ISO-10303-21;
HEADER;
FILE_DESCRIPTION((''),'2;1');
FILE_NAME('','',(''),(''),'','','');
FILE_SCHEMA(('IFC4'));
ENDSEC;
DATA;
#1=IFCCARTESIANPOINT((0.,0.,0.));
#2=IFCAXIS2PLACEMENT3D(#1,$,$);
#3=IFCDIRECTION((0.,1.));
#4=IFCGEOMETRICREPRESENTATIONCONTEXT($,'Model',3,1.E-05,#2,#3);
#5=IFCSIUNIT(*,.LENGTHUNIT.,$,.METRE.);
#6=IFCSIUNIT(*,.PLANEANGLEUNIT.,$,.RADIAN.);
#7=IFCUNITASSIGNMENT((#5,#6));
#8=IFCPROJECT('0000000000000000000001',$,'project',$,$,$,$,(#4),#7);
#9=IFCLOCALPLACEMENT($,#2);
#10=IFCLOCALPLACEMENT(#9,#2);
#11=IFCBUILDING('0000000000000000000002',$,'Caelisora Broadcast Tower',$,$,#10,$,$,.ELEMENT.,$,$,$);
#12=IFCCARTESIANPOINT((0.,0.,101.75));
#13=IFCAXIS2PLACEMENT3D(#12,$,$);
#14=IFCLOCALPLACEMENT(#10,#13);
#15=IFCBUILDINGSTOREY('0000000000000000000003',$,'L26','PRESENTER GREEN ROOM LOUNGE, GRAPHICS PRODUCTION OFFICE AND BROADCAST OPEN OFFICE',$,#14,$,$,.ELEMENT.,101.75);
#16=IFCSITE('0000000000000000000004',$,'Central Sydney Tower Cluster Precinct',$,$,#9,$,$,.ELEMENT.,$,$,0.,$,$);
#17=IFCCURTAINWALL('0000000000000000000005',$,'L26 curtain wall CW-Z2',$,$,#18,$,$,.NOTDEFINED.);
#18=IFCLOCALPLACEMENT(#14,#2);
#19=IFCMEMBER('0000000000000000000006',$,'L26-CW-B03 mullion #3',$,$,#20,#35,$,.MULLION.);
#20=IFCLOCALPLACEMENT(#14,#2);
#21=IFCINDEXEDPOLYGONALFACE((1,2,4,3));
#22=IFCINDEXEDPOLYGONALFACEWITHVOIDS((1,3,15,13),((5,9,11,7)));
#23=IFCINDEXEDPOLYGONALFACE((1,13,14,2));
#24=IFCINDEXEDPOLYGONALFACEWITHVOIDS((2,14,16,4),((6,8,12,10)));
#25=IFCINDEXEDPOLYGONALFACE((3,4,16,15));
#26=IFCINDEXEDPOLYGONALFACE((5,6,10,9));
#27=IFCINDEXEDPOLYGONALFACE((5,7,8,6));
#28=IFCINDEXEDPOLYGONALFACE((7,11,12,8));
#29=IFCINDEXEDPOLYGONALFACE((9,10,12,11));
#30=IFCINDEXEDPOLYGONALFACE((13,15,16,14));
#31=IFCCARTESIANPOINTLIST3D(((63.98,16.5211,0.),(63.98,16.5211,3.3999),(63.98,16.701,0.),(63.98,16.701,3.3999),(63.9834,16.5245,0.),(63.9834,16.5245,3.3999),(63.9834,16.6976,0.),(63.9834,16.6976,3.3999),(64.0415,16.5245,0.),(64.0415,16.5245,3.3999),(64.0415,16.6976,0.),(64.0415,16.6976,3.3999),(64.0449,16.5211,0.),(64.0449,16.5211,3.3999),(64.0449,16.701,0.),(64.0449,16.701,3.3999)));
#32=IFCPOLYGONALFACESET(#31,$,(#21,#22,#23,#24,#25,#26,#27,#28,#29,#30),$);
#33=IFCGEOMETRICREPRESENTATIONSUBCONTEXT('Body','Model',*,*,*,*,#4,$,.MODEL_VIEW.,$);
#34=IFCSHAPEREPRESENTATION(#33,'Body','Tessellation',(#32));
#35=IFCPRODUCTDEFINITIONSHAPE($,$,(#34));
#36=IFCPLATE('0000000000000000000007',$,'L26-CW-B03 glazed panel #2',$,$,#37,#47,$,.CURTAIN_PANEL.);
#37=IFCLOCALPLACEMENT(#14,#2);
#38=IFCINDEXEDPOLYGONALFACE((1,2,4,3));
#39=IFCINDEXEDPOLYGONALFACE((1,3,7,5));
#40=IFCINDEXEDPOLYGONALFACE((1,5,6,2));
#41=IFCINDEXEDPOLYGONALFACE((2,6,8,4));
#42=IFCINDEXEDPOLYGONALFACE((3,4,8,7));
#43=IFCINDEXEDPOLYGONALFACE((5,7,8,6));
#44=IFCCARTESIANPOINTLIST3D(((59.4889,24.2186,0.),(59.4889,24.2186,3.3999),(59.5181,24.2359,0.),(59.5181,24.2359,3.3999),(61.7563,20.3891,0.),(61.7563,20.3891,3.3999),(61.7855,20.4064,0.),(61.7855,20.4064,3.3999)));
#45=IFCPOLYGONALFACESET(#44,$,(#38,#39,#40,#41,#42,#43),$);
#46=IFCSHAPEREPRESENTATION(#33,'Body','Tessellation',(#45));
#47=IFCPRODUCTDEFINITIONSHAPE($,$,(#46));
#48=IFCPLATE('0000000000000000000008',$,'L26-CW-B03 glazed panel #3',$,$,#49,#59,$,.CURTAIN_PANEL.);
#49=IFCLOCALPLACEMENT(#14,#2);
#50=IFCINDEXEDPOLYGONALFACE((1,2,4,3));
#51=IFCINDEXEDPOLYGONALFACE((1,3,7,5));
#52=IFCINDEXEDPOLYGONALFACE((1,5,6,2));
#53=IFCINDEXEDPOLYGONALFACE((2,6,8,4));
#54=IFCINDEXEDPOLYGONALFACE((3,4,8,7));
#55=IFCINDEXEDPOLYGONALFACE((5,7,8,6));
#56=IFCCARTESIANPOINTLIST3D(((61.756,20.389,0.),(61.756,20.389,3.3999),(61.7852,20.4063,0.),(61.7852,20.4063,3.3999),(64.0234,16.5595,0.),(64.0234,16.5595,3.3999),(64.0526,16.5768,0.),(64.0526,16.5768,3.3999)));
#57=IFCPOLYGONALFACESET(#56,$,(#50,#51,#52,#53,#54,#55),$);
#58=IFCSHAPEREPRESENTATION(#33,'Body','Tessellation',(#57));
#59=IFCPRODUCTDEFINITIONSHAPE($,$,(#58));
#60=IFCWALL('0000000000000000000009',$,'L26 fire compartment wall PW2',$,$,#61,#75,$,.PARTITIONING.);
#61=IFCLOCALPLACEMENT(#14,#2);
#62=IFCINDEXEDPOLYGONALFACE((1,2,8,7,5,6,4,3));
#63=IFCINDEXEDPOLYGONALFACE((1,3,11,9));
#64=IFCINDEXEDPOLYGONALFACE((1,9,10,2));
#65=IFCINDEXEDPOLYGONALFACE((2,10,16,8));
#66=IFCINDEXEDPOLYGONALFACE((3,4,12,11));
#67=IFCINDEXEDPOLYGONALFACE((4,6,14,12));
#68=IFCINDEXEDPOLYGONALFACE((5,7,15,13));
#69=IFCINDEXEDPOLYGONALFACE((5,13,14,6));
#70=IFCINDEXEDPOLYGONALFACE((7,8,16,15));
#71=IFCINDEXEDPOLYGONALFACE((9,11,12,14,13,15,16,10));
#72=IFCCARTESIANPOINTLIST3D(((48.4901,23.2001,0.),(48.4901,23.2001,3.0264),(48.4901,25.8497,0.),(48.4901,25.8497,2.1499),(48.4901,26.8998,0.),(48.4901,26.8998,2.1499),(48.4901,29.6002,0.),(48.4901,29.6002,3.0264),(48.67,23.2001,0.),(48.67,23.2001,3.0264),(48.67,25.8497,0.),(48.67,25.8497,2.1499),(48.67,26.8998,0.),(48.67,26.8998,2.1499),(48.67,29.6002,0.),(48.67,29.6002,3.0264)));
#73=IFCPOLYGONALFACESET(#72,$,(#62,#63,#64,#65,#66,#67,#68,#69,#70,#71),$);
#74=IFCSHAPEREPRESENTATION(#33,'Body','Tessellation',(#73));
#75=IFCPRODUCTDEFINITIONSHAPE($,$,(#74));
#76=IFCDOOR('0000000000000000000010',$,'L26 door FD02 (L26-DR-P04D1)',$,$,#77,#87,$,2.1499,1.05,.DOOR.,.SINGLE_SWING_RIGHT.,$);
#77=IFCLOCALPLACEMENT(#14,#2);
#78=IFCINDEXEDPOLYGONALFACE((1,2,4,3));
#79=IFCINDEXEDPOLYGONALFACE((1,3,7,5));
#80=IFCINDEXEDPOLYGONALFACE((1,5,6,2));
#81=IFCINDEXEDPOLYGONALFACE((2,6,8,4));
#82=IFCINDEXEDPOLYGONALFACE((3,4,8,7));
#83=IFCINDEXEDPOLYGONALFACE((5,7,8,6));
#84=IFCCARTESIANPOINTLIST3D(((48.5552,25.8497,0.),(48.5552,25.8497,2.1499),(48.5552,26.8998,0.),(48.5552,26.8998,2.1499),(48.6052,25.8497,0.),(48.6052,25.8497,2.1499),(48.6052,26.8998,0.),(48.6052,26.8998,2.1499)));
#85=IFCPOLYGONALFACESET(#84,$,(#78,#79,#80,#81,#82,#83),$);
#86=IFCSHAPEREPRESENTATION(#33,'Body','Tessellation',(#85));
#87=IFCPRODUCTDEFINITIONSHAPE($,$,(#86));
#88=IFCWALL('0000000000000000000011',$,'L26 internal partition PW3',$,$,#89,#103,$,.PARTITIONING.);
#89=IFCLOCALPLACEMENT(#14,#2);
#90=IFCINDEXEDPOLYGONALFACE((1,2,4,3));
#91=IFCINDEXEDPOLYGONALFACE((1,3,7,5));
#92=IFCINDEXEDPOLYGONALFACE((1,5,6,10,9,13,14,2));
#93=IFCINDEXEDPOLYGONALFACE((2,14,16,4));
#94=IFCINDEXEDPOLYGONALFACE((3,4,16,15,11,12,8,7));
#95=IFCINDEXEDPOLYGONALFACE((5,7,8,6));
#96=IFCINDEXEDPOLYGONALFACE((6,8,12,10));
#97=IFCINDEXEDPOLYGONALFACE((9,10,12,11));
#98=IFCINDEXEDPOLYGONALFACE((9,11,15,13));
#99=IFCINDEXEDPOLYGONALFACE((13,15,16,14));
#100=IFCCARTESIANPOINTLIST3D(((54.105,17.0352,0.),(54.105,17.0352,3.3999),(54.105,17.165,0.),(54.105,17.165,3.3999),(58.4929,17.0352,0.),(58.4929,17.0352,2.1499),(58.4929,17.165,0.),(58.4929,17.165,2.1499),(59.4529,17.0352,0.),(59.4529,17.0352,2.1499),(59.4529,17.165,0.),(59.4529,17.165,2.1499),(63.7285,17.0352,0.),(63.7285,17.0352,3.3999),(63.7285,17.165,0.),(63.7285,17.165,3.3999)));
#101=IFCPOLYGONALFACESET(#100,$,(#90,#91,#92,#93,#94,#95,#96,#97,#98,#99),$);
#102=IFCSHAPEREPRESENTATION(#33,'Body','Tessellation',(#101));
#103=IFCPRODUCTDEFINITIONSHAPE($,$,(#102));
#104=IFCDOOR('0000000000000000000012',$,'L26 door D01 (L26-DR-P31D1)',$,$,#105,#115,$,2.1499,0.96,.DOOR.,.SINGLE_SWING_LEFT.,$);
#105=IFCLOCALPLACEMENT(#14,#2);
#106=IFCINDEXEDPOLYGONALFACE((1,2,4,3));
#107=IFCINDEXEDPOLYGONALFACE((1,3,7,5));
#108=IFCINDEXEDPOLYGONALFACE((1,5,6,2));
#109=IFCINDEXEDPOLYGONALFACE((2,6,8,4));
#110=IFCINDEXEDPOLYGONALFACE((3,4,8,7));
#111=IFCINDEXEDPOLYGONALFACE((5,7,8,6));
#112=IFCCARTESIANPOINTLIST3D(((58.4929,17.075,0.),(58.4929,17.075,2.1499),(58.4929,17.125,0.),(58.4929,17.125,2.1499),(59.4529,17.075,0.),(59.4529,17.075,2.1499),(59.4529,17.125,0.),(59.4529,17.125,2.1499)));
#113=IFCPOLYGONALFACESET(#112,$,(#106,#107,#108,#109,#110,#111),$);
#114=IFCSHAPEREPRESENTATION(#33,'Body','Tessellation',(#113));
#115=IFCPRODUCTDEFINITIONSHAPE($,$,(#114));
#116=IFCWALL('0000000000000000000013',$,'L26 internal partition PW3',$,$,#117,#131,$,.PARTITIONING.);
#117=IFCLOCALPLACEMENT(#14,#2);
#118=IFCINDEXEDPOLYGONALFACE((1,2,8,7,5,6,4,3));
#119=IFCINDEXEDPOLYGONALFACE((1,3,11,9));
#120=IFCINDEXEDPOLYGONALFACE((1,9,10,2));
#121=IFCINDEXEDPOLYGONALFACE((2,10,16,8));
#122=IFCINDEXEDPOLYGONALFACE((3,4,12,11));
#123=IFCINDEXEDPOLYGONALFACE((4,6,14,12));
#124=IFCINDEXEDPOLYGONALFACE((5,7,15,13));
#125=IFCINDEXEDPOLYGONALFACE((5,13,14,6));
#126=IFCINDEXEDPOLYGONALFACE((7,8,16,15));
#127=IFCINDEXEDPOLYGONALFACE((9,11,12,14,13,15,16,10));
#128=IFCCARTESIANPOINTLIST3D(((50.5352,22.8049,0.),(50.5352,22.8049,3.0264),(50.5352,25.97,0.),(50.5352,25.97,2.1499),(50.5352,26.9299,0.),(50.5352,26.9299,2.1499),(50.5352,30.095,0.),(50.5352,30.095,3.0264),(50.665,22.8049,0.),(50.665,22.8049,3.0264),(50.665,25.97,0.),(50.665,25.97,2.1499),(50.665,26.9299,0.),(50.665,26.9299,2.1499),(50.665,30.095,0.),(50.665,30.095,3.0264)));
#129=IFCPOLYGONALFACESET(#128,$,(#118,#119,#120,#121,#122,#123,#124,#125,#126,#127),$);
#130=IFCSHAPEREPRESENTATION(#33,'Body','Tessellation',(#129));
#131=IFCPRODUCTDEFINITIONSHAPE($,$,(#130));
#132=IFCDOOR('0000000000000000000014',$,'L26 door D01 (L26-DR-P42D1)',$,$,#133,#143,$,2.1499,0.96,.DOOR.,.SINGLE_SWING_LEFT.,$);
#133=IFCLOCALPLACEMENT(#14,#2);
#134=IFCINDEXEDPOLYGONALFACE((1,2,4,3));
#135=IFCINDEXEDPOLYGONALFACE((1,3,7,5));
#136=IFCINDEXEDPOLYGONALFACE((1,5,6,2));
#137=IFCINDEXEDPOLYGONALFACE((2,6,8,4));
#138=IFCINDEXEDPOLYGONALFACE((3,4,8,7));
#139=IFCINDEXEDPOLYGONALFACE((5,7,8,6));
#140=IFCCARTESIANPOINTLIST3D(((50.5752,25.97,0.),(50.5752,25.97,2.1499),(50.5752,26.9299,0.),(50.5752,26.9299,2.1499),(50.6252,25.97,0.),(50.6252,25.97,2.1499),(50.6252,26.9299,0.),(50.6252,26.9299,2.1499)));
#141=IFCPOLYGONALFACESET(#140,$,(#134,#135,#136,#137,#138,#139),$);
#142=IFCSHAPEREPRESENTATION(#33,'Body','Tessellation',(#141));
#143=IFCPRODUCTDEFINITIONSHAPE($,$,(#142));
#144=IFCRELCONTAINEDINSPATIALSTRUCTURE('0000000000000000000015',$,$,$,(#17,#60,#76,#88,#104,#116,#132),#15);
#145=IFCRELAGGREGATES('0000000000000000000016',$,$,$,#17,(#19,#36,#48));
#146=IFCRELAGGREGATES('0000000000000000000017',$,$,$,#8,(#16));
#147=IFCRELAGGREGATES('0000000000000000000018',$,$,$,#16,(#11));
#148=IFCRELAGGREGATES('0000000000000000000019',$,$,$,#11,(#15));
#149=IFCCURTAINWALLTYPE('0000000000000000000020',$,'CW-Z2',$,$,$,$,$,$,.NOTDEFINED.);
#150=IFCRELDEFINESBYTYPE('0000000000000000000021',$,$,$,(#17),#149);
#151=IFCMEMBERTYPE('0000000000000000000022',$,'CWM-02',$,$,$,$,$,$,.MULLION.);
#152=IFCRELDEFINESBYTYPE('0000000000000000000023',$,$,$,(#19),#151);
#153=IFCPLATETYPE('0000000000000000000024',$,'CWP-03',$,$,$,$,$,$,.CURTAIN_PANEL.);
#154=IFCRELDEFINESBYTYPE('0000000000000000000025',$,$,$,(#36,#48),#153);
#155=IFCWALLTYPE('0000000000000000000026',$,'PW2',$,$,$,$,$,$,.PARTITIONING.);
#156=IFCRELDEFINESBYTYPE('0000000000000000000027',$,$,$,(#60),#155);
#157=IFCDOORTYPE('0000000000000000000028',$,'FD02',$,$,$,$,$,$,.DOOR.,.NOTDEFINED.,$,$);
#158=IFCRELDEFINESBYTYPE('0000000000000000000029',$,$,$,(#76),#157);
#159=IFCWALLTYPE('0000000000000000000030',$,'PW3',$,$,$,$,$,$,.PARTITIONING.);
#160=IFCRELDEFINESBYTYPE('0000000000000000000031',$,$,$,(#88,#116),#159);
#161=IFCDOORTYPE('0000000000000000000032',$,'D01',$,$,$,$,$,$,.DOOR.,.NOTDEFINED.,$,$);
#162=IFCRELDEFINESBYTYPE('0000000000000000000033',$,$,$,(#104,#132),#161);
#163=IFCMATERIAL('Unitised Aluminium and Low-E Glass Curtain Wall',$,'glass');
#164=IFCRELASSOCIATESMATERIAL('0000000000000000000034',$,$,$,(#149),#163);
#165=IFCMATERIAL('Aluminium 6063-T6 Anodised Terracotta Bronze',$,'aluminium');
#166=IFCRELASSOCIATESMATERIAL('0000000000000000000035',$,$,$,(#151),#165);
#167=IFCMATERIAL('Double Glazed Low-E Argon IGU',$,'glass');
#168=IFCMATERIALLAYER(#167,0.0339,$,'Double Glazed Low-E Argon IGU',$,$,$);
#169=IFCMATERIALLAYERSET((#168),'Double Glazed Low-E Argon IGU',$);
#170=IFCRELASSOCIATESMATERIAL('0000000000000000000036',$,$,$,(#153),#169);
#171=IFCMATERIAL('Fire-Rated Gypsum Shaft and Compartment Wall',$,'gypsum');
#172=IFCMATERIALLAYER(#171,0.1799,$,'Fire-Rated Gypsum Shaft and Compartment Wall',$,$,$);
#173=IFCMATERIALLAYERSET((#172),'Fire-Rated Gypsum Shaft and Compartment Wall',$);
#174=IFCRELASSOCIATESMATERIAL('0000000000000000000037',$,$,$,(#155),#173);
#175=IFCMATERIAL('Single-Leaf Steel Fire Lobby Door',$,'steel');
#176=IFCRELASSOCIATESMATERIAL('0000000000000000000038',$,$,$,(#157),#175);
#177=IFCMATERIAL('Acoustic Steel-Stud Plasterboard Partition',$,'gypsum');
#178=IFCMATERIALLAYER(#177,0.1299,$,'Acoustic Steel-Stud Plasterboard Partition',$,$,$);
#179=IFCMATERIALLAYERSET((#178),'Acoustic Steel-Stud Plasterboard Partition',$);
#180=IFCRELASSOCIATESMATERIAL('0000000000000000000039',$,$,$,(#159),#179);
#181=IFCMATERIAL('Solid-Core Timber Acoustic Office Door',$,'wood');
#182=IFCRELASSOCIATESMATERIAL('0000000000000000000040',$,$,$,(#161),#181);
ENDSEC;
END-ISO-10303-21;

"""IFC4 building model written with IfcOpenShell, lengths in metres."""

from ifc_helpers import new_model, si_unit, direction, frame, frame_2d, origin, origin_2d, place, context, subcontext, project, spatial, rectangle, hollow_rectangle, extrude, source, transform, mapped, material, layer, layer_set, material_profile, profile_set, type_object, type_shapes, element, fill, aggregate, save


model = new_model("IFC4")

# Units and contexts
model_context = context("Model", 3, precision=1e-05, world=origin(), true_north=direction((0.0, 1.0)))
body_context = subcontext(model_context, "Body", "Model", "MODEL_VIEW")
ifc_project = project(units=[si_unit("LENGTHUNIT", "METRE"), si_unit("PLANEANGLEUNIT", "RADIAN")], contexts=[model_context])

# Site, building, storey
site_placement = place(None, origin())
site = spatial("IfcSite", under=ifc_project, at=site_placement, Name="Central Sydney Tower Cluster Precinct", CompositionType="ELEMENT", RefElevation=0.0)
building_placement = place(site_placement, origin())
building = spatial("IfcBuilding", under=site, at=building_placement, Name="Caelisora Broadcast Tower", CompositionType="ELEMENT")
storey_placement = place(building_placement, frame((0.0, 0.0, 101.75)))
storey = spatial("IfcBuildingStorey", under=building, at=storey_placement, Name="L26", Description="PRESENTER GREEN ROOM LOUNGE, GRAPHICS PRODUCTION OFFICE AND BROADCAST OPEN OFFICE", CompositionType="ELEMENT", Elevation=101.75)

# Curtain wall, member, plates
ifc_material_1 = material(Name="Unitised Aluminium and Low-E Glass Curtain Wall", Category="glass")
curtain_wall_type = type_object("IfcCurtainWallType", Name="CW-Z2", PredefinedType="NOTDEFINED", material=ifc_material_1)
curtain_wall_placement = place(storey_placement, origin())
curtain_wall = element("IfcCurtainWall", 1, at=curtain_wall_placement, inside=storey, type_object=curtain_wall_type, Name="L26 curtain wall CW-Z2", PredefinedType="NOTDEFINED")
ifc_material_2 = material(Name="Aluminium 6063-T6 Anodised Terracotta Bronze", Category="aluminium")
ifc_material_profile_1 = material_profile(ifc_material_2, hollow_rectangle(XDim=0.0649, YDim=0.1799, WallThickness=0.0034, at=origin_2d()), Name="Aluminium 6063-T6 Anodised Terracotta Bronze")
ifc_profile_set_1 = profile_set([ifc_material_profile_1], Name="Aluminium 6063-T6 Anodised Terracotta Bronze")
member_type = type_object("IfcMemberType", Name="CWM-02", PredefinedType="MULLION", material=ifc_profile_set_1)
shared_shape_1 = source(origin(), body_context, "Body", "SweptSolid", [
    extrude(hollow_rectangle(XDim=0.0649, YDim=0.1799, WallThickness=0.0034, at=origin_2d()), origin(), (0.0, 0.0, 1.0), 3.3999),
])
type_shapes(member_type, [shared_shape_1])
member_1_placement = place(storey_placement, frame((64.0125, 16.6111, 0.0), z_axis=(0.0, 0.0, 1.0), x_axis=(1.0, 0.0, 0.0)))
member_1 = element("IfcMember", 2, at=member_1_placement, type_object=member_type, Name="L26-CW-B03 mullion #3", PredefinedType="MULLION", context=body_context, shape_type="MappedRepresentation", body=[
    mapped(shared_shape_1, transform((0.0, 0.0, 0.0), scale=1.0)),
])
ifc_material_3 = material(Name="Double Glazed Low-E Argon IGU", Category="glass")
ifc_layer_1 = layer(ifc_material_3, 0.0339, Name="Double Glazed Low-E Argon IGU")
ifc_layer_set_1 = layer_set([ifc_layer_1], Name="Double Glazed Low-E Argon IGU")
plate_type = type_object("IfcPlateType", Name="CWP-03", PredefinedType="CURTAIN_PANEL", material=ifc_layer_set_1)
shared_shape_2 = source(origin(), body_context, "Body", "SweptSolid", [
    extrude(rectangle(XDim=4.4504, YDim=0.0339, at=origin_2d()), origin(), (0.0, 0.0, 1.0), 3.3999),
])
type_shapes(plate_type, [shared_shape_2])
plate_1_placement = place(storey_placement, frame((60.6372, 22.3125, 0.0), z_axis=(0.0, 0.0, 1.0), x_axis=(0.509492, -0.860475, 0.0)))
plate_1 = element("IfcPlate", 3, at=plate_1_placement, type_object=plate_type, Name="L26-CW-B03 glazed panel #2", PredefinedType="CURTAIN_PANEL", context=body_context, shape_type="MappedRepresentation", body=[
    mapped(shared_shape_2, transform((0.0, 0.0, 0.0), scale=1.0)),
])
plate_2_placement = place(storey_placement, frame((62.9043, 18.4829, 0.0), z_axis=(0.0, 0.0, 1.0), x_axis=(0.509492, -0.860475, 0.0)))
plate_2 = element("IfcPlate", 4, at=plate_2_placement, type_object=plate_type, Name="L26-CW-B03 glazed panel #3", PredefinedType="CURTAIN_PANEL", context=body_context, shape_type="MappedRepresentation", body=[
    mapped(shared_shape_2, transform((0.0, 0.0, 0.0), scale=1.0)),
])
aggregate(curtain_wall, [member_1, plate_1, plate_2])

# Walls, openings, doors
ifc_material_4 = material(Name="Fire-Rated Gypsum Shaft and Compartment Wall", Category="gypsum")
ifc_layer_2 = layer(ifc_material_4, 0.1799, Name="Fire-Rated Gypsum Shaft and Compartment Wall")
ifc_layer_set_2 = layer_set([ifc_layer_2], Name="Fire-Rated Gypsum Shaft and Compartment Wall")
wall_type_1 = type_object("IfcWallType", Name="PW2", PredefinedType="PARTITIONING", material=ifc_layer_set_2)
wall_1_placement = place(storey_placement, frame((48.5801, 23.2, 0.0), z_axis=(0.0, 0.0, 1.0), x_axis=(0.0, 1.0, 0.0)))
wall_1 = element("IfcWall", 5, at=wall_1_placement, inside=storey, type_object=wall_type_1, Name="L26 fire compartment wall PW2", PredefinedType="PARTITIONING", context=body_context, shape_type="SweptSolid", body=[
    extrude(rectangle(XDim=6.4001, YDim=0.1799, at=frame_2d((3.2002, 0.0))), origin(), (0.0, 0.0, 1.0), 3.0264),
])
opening_1_placement = place(wall_1_placement, frame((2.6499, 0.0, 0.0)))
opening_1 = element("IfcOpeningElement", 6, at=opening_1_placement, cuts=wall_1, PredefinedType="OPENING", context=body_context, shape_type="SweptSolid", body=[
    extrude(rectangle(XDim=1.05, YDim=2.1499, at=frame_2d((0.5249, 1.075))), frame((0.0, 0.1021, 0.0), z_axis=(0.0, -1.0, 0.0), x_axis=(1.0, 0.0, 0.0)), (0.0, 0.0, 1.0), 0.2039),
])
ifc_material_5 = material(Name="Single-Leaf Steel Fire Lobby Door", Category="steel")
door_type_1 = type_object("IfcDoorType", Name="FD02", OperationType="NOTDEFINED", PredefinedType="DOOR", material=ifc_material_5)
door_1_placement = place(opening_1_placement, origin())
door_1 = element("IfcDoor", 7, at=door_1_placement, inside=storey, type_object=door_type_1, Name="L26 door FD02 (L26-DR-P04D1)", OperationType="SINGLE_SWING_RIGHT", OverallHeight=2.1499, OverallWidth=1.05, PredefinedType="DOOR", context=body_context, shape_type="SweptSolid", body=[
    extrude(rectangle(XDim=1.05, YDim=2.1499, at=frame_2d((0.5249, 1.075))), frame((0.0, 0.0249, 0.0), z_axis=(0.0, -1.0, 0.0), x_axis=(1.0, 0.0, 0.0)), (0.0, 0.0, 1.0), 0.05),
])
fill(opening_1, door_1)
ifc_material_6 = material(Name="Acoustic Steel-Stud Plasterboard Partition", Category="gypsum")
ifc_layer_3 = layer(ifc_material_6, 0.1299, Name="Acoustic Steel-Stud Plasterboard Partition")
ifc_layer_set_3 = layer_set([ifc_layer_3], Name="Acoustic Steel-Stud Plasterboard Partition")
wall_type_2 = type_object("IfcWallType", Name="PW3", PredefinedType="PARTITIONING", material=ifc_layer_set_3)
wall_2_placement = place(storey_placement, frame((54.105, 17.1001, 0.0), z_axis=(0.0, 0.0, 1.0), x_axis=(1.0, 0.0, 0.0)))
wall_2 = element("IfcWall", 8, at=wall_2_placement, inside=storey, type_object=wall_type_2, Name="L26 internal partition PW3", PredefinedType="PARTITIONING", context=body_context, shape_type="SweptSolid", body=[
    extrude(rectangle(XDim=9.6235, YDim=0.1299, at=frame_2d((4.8118, 0.0))), origin(), (0.0, 0.0, 1.0), 3.3999),
])
opening_2_placement = place(wall_2_placement, frame((4.3879, 0.0, 0.0)))
opening_2 = element("IfcOpeningElement", 9, at=opening_2_placement, cuts=wall_2, PredefinedType="OPENING", context=body_context, shape_type="SweptSolid", body=[
    extrude(rectangle(XDim=0.96, YDim=2.1499, at=frame_2d((0.48, 1.075))), frame((0.0, 0.0769, 0.0), z_axis=(0.0, -1.0, 0.0), x_axis=(1.0, 0.0, 0.0)), (0.0, 0.0, 1.0), 0.1538),
])
ifc_material_7 = material(Name="Solid-Core Timber Acoustic Office Door", Category="wood")
door_type_2 = type_object("IfcDoorType", Name="D01", OperationType="NOTDEFINED", PredefinedType="DOOR", material=ifc_material_7)
door_2_placement = place(opening_2_placement, origin())
door_2 = element("IfcDoor", 10, at=door_2_placement, inside=storey, type_object=door_type_2, Name="L26 door D01 (L26-DR-P31D1)", OperationType="SINGLE_SWING_LEFT", OverallHeight=2.1499, OverallWidth=0.96, PredefinedType="DOOR", context=body_context, shape_type="SweptSolid", body=[
    extrude(rectangle(XDim=0.96, YDim=2.1499, at=frame_2d((0.48, 1.075))), frame((0.0, 0.0249, 0.0), z_axis=(0.0, -1.0, 0.0), x_axis=(1.0, 0.0, 0.0)), (0.0, 0.0, 1.0), 0.05),
])
fill(opening_2, door_2)
wall_3_placement = place(storey_placement, frame((50.6001, 22.8049, 0.0), z_axis=(0.0, 0.0, 1.0), x_axis=(0.0, 1.0, 0.0)))
wall_3 = element("IfcWall", 11, at=wall_3_placement, inside=storey, type_object=wall_type_2, Name="L26 internal partition PW3", PredefinedType="PARTITIONING", context=body_context, shape_type="SweptSolid", body=[
    extrude(rectangle(XDim=7.29, YDim=0.1299, at=frame_2d((3.645, 0.0))), origin(), (0.0, 0.0, 1.0), 3.0264),
])
opening_3_placement = place(wall_3_placement, frame((3.165, 0.0, 0.0)))
opening_3 = element("IfcOpeningElement", 12, at=opening_3_placement, cuts=wall_3, PredefinedType="OPENING", context=body_context, shape_type="SweptSolid", body=[
    extrude(rectangle(XDim=0.96, YDim=2.1499, at=frame_2d((0.48, 1.075))), frame((0.0, 0.0769, 0.0), z_axis=(0.0, -1.0, 0.0), x_axis=(1.0, 0.0, 0.0)), (0.0, 0.0, 1.0), 0.1538),
])
door_3_placement = place(opening_3_placement, origin())
door_3 = element("IfcDoor", 13, at=door_3_placement, inside=storey, type_object=door_type_2, Name="L26 door D01 (L26-DR-P42D1)", OperationType="SINGLE_SWING_LEFT", OverallHeight=2.1499, OverallWidth=0.96, PredefinedType="DOOR", context=body_context, shape_type="SweptSolid", body=[
    extrude(rectangle(XDim=0.96, YDim=2.1499, at=frame_2d((0.48, 1.075))), frame((0.0, 0.0249, 0.0), z_axis=(0.0, -1.0, 0.0), x_axis=(1.0, 0.0, 0.0)), (0.0, 0.0, 1.0), 0.05),
])
fill(opening_3, door_3)

save(model, "model.ifc")
